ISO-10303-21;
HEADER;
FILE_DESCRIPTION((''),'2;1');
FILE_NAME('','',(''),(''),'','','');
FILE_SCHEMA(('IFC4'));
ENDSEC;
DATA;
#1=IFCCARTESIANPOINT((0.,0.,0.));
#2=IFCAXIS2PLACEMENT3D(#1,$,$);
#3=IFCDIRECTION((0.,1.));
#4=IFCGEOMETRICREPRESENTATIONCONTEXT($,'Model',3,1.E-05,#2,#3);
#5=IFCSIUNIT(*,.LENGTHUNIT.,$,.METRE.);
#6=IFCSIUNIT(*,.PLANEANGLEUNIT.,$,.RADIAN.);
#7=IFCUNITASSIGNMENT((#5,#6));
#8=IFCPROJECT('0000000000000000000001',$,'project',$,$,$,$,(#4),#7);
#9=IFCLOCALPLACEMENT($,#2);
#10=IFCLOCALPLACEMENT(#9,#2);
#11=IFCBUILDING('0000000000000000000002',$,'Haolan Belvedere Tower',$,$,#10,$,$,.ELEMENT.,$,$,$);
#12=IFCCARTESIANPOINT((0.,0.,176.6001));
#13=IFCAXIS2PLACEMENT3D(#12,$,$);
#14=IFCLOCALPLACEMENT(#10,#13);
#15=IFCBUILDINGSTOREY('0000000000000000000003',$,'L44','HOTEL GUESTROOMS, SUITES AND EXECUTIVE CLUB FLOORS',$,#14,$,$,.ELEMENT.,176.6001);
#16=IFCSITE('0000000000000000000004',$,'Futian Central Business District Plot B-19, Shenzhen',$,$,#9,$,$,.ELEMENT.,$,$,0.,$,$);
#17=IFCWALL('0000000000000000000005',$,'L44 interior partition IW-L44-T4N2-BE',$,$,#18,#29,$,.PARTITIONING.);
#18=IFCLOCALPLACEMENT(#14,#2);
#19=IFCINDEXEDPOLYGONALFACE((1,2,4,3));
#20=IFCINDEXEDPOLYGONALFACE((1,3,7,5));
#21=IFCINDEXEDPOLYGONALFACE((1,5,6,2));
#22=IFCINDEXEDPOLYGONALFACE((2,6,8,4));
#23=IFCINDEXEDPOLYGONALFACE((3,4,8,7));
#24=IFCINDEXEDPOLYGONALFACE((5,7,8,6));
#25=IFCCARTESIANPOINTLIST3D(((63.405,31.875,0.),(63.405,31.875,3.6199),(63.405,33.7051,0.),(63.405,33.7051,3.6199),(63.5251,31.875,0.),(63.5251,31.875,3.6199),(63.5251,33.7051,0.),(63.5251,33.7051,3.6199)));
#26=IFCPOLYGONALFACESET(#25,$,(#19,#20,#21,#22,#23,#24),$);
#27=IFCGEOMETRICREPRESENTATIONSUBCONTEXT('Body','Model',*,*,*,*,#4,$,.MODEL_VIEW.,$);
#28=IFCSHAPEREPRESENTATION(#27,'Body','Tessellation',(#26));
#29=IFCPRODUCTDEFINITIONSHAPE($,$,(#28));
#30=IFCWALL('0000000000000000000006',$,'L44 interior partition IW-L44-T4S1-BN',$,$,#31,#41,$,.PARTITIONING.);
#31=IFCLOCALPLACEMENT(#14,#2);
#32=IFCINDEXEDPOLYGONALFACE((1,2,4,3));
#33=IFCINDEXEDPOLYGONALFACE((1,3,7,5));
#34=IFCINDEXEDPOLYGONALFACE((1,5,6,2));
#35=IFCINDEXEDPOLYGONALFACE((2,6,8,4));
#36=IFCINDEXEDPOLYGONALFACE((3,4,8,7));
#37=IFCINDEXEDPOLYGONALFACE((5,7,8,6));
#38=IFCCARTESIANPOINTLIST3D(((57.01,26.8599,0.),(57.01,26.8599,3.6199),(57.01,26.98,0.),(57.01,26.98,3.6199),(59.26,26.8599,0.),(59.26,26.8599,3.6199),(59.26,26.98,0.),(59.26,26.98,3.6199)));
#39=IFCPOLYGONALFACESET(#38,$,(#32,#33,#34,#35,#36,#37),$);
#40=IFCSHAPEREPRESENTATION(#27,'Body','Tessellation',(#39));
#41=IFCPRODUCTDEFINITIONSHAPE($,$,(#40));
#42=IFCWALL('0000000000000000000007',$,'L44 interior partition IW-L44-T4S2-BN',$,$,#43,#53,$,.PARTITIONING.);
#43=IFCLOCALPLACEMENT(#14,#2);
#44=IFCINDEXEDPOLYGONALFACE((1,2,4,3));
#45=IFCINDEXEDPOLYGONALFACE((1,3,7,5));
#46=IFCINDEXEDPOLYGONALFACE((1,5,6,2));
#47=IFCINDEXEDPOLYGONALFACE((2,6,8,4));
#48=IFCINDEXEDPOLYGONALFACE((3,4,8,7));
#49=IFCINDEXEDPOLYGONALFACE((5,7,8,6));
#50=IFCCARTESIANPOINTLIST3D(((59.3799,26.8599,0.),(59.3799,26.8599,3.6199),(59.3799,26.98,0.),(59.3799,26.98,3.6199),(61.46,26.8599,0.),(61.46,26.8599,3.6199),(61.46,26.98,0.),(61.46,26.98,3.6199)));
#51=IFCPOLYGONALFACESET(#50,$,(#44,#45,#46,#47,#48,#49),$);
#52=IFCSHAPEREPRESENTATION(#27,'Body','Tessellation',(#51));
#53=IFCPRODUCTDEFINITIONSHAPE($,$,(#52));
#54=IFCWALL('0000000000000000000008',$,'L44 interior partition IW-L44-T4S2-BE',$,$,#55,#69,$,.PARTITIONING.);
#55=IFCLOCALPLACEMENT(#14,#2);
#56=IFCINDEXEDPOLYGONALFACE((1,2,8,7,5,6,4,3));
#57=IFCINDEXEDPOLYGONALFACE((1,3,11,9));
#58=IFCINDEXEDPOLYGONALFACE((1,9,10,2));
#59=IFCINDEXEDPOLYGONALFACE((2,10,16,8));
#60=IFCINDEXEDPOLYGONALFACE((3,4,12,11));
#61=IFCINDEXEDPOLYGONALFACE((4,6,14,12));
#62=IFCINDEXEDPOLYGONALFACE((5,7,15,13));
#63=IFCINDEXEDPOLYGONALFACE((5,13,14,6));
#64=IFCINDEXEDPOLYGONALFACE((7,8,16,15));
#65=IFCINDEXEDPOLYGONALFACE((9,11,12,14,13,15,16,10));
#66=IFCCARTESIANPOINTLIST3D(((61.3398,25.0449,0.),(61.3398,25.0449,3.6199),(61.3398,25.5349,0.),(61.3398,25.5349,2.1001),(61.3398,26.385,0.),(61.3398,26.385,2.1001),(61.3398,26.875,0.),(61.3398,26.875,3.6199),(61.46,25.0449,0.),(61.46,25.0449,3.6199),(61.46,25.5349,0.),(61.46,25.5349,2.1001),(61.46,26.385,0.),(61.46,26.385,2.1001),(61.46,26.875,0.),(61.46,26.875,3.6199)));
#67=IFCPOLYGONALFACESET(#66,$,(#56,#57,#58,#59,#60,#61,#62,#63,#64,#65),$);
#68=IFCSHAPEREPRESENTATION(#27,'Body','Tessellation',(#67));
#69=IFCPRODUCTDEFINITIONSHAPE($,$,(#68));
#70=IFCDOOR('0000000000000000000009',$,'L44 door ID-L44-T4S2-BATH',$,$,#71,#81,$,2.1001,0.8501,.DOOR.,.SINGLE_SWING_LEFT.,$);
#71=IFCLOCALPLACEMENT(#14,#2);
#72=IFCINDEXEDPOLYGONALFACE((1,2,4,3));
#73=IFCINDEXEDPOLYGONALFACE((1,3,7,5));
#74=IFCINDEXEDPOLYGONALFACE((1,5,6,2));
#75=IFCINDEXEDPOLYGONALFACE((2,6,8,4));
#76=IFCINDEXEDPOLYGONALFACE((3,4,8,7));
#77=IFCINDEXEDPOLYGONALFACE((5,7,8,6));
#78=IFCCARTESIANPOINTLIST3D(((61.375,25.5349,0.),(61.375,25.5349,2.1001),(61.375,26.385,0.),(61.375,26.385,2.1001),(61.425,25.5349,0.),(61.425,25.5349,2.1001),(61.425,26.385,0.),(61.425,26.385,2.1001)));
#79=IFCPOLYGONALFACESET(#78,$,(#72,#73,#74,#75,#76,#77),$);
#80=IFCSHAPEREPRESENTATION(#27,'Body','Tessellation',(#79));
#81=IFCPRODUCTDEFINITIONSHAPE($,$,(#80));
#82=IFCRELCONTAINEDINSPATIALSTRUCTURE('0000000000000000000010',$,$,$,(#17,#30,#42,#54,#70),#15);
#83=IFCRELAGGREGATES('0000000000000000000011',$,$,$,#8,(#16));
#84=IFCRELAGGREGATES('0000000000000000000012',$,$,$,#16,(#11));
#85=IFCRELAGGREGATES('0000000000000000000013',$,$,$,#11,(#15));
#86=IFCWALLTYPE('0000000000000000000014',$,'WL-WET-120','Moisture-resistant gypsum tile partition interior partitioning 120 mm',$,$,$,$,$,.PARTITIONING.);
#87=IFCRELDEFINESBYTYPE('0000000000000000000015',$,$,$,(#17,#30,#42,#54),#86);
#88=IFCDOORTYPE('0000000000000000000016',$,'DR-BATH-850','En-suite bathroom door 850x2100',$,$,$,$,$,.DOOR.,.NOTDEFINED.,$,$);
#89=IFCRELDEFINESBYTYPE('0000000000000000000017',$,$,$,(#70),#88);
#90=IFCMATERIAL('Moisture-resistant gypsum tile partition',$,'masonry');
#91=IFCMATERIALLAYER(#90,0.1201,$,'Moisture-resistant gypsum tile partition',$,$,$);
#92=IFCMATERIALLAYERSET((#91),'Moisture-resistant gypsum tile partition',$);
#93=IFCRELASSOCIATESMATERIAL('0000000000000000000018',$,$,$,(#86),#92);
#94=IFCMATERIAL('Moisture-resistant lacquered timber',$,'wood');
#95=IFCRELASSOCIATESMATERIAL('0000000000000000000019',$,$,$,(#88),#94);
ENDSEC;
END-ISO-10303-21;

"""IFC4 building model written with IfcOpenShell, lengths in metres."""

from ifc_helpers import new_model, si_unit, direction, frame, frame_2d, origin, place, context, subcontext, project, spatial, rectangle, extrude, material, layer, layer_set, type_object, element, fill, save


model = new_model("IFC4")

# Units and contexts
model_context = context("Model", 3, precision=1e-05, world=origin(), true_north=direction((0.0, 1.0)))
body_context = subcontext(model_context, "Body", "Model", "MODEL_VIEW")
ifc_project = project(units=[si_unit("LENGTHUNIT", "METRE"), si_unit("PLANEANGLEUNIT", "RADIAN")], contexts=[model_context])

# Site, building, storey
site_placement = place(None, origin())
site = spatial("IfcSite", under=ifc_project, at=site_placement, Name="Futian Central Business District Plot B-19, Shenzhen", CompositionType="ELEMENT", RefElevation=0.0)
building_placement = place(site_placement, origin())
building = spatial("IfcBuilding", under=site, at=building_placement, Name="Haolan Belvedere Tower", CompositionType="ELEMENT")
storey_placement = place(building_placement, frame((0.0, 0.0, 176.6001)))
storey = spatial("IfcBuildingStorey", under=building, at=storey_placement, Name="L44", Description="HOTEL GUESTROOMS, SUITES AND EXECUTIVE CLUB FLOORS", CompositionType="ELEMENT", Elevation=176.6001)

# Shared definitions
ifc_material_1 = material(Name="Moisture-resistant gypsum tile partition", Category="masonry")
ifc_layer_1 = layer(ifc_material_1, 0.1201, Name="Moisture-resistant gypsum tile partition")
ifc_layer_set_1 = layer_set([ifc_layer_1], Name="Moisture-resistant gypsum tile partition")
wall_type_1 = type_object("IfcWallType", Name="WL-WET-120", Description="Moisture-resistant gypsum tile partition interior partitioning 120 mm", PredefinedType="PARTITIONING", material=ifc_layer_set_1)

# Shared definitions
ifc_material_2 = material(Name="Moisture-resistant lacquered timber", Category="wood")
door_type_1 = type_object("IfcDoorType", Name="DR-BATH-850", Description="En-suite bathroom door 850x2100", OperationType="NOTDEFINED", PredefinedType="DOOR", material=ifc_material_2)

# Walls
for number, where, z_axis, x_axis, name in (
    (1, (63.4651, 31.875, 0.0), (0.0, 0.0, 1.0), (0.0, 1.0, 0.0), "L44 interior partition IW-L44-T4N2-BE"),
):
    element("IfcWall", number, at=place(storey_placement, frame(where, z_axis=z_axis, x_axis=x_axis)), inside=storey, type_object=wall_type_1, Name=name, PredefinedType="PARTITIONING", context=body_context, shape_type="SweptSolid", body=[
        extrude(rectangle(XDim=1.8301, YDim=0.1201, at=frame_2d((0.915, 0.0))), origin(), (0.0, 0.0, 1.0), 3.6199),
    ])
wall_1_placement = place(storey_placement, frame((57.01, 26.9199, 0.0), z_axis=(0.0, 0.0, 1.0), x_axis=(1.0, 0.0, 0.0)))
element("IfcWall", 2, at=wall_1_placement, inside=storey, type_object=wall_type_1, Name="L44 interior partition IW-L44-T4S1-BN", PredefinedType="PARTITIONING", context=body_context, shape_type="SweptSolid", body=[
    extrude(rectangle(XDim=2.25, YDim=0.1201, at=frame_2d((1.125, 0.0))), origin(), (0.0, 0.0, 1.0), 3.6199),
])
wall_2_placement = place(storey_placement, frame((59.3799, 26.9199, 0.0), z_axis=(0.0, 0.0, 1.0), x_axis=(1.0, 0.0, 0.0)))
element("IfcWall", 3, at=wall_2_placement, inside=storey, type_object=wall_type_1, Name="L44 interior partition IW-L44-T4S2-BN", PredefinedType="PARTITIONING", context=body_context, shape_type="SweptSolid", body=[
    extrude(rectangle(XDim=2.0801, YDim=0.1201, at=frame_2d((1.04, 0.0))), origin(), (0.0, 0.0, 1.0), 3.6199),
])

# Wall, opening, door
wall_3_placement = place(storey_placement, frame((61.3999, 25.0449, 0.0), z_axis=(0.0, 0.0, 1.0), x_axis=(0.0, 1.0, 0.0)))
wall_3 = element("IfcWall", 4, at=wall_3_placement, inside=storey, type_object=wall_type_1, Name="L44 interior partition IW-L44-T4S2-BE", PredefinedType="PARTITIONING", context=body_context, shape_type="SweptSolid", body=[
    extrude(rectangle(XDim=1.8301, YDim=0.1201, at=frame_2d((0.915, 0.0))), origin(), (0.0, 0.0, 1.0), 3.6199),
])
opening_1_placement = place(wall_3_placement, frame((0.49, 0.0, 0.0)))
opening_1 = element("IfcOpeningElement", 5, at=opening_1_placement, cuts=wall_3, PredefinedType="OPENING", context=body_context, shape_type="SweptSolid", body=[
    extrude(rectangle(XDim=0.8501, YDim=2.1001, at=frame_2d((0.425, 1.05))), frame((0.0, 0.0701, 0.0), z_axis=(0.0, -1.0, 0.0), x_axis=(1.0, 0.0, 0.0)), (0.0, 0.0, 1.0), 0.1401),
])
door_1_placement = place(opening_1_placement, origin())
door_1 = element("IfcDoor", 6, at=door_1_placement, inside=storey, type_object=door_type_1, Name="L44 door ID-L44-T4S2-BATH", OperationType="SINGLE_SWING_LEFT", OverallHeight=2.1001, OverallWidth=0.8501, PredefinedType="DOOR", context=body_context, shape_type="SweptSolid", body=[
    extrude(rectangle(XDim=0.8501, YDim=2.1001, at=frame_2d((0.425, 1.05))), frame((0.0, 0.0249, 0.0), z_axis=(0.0, -1.0, 0.0), x_axis=(1.0, 0.0, 0.0)), (0.0, 0.0, 1.0), 0.05),
])
fill(opening_1, door_1)

save(model, "model.ifc")
